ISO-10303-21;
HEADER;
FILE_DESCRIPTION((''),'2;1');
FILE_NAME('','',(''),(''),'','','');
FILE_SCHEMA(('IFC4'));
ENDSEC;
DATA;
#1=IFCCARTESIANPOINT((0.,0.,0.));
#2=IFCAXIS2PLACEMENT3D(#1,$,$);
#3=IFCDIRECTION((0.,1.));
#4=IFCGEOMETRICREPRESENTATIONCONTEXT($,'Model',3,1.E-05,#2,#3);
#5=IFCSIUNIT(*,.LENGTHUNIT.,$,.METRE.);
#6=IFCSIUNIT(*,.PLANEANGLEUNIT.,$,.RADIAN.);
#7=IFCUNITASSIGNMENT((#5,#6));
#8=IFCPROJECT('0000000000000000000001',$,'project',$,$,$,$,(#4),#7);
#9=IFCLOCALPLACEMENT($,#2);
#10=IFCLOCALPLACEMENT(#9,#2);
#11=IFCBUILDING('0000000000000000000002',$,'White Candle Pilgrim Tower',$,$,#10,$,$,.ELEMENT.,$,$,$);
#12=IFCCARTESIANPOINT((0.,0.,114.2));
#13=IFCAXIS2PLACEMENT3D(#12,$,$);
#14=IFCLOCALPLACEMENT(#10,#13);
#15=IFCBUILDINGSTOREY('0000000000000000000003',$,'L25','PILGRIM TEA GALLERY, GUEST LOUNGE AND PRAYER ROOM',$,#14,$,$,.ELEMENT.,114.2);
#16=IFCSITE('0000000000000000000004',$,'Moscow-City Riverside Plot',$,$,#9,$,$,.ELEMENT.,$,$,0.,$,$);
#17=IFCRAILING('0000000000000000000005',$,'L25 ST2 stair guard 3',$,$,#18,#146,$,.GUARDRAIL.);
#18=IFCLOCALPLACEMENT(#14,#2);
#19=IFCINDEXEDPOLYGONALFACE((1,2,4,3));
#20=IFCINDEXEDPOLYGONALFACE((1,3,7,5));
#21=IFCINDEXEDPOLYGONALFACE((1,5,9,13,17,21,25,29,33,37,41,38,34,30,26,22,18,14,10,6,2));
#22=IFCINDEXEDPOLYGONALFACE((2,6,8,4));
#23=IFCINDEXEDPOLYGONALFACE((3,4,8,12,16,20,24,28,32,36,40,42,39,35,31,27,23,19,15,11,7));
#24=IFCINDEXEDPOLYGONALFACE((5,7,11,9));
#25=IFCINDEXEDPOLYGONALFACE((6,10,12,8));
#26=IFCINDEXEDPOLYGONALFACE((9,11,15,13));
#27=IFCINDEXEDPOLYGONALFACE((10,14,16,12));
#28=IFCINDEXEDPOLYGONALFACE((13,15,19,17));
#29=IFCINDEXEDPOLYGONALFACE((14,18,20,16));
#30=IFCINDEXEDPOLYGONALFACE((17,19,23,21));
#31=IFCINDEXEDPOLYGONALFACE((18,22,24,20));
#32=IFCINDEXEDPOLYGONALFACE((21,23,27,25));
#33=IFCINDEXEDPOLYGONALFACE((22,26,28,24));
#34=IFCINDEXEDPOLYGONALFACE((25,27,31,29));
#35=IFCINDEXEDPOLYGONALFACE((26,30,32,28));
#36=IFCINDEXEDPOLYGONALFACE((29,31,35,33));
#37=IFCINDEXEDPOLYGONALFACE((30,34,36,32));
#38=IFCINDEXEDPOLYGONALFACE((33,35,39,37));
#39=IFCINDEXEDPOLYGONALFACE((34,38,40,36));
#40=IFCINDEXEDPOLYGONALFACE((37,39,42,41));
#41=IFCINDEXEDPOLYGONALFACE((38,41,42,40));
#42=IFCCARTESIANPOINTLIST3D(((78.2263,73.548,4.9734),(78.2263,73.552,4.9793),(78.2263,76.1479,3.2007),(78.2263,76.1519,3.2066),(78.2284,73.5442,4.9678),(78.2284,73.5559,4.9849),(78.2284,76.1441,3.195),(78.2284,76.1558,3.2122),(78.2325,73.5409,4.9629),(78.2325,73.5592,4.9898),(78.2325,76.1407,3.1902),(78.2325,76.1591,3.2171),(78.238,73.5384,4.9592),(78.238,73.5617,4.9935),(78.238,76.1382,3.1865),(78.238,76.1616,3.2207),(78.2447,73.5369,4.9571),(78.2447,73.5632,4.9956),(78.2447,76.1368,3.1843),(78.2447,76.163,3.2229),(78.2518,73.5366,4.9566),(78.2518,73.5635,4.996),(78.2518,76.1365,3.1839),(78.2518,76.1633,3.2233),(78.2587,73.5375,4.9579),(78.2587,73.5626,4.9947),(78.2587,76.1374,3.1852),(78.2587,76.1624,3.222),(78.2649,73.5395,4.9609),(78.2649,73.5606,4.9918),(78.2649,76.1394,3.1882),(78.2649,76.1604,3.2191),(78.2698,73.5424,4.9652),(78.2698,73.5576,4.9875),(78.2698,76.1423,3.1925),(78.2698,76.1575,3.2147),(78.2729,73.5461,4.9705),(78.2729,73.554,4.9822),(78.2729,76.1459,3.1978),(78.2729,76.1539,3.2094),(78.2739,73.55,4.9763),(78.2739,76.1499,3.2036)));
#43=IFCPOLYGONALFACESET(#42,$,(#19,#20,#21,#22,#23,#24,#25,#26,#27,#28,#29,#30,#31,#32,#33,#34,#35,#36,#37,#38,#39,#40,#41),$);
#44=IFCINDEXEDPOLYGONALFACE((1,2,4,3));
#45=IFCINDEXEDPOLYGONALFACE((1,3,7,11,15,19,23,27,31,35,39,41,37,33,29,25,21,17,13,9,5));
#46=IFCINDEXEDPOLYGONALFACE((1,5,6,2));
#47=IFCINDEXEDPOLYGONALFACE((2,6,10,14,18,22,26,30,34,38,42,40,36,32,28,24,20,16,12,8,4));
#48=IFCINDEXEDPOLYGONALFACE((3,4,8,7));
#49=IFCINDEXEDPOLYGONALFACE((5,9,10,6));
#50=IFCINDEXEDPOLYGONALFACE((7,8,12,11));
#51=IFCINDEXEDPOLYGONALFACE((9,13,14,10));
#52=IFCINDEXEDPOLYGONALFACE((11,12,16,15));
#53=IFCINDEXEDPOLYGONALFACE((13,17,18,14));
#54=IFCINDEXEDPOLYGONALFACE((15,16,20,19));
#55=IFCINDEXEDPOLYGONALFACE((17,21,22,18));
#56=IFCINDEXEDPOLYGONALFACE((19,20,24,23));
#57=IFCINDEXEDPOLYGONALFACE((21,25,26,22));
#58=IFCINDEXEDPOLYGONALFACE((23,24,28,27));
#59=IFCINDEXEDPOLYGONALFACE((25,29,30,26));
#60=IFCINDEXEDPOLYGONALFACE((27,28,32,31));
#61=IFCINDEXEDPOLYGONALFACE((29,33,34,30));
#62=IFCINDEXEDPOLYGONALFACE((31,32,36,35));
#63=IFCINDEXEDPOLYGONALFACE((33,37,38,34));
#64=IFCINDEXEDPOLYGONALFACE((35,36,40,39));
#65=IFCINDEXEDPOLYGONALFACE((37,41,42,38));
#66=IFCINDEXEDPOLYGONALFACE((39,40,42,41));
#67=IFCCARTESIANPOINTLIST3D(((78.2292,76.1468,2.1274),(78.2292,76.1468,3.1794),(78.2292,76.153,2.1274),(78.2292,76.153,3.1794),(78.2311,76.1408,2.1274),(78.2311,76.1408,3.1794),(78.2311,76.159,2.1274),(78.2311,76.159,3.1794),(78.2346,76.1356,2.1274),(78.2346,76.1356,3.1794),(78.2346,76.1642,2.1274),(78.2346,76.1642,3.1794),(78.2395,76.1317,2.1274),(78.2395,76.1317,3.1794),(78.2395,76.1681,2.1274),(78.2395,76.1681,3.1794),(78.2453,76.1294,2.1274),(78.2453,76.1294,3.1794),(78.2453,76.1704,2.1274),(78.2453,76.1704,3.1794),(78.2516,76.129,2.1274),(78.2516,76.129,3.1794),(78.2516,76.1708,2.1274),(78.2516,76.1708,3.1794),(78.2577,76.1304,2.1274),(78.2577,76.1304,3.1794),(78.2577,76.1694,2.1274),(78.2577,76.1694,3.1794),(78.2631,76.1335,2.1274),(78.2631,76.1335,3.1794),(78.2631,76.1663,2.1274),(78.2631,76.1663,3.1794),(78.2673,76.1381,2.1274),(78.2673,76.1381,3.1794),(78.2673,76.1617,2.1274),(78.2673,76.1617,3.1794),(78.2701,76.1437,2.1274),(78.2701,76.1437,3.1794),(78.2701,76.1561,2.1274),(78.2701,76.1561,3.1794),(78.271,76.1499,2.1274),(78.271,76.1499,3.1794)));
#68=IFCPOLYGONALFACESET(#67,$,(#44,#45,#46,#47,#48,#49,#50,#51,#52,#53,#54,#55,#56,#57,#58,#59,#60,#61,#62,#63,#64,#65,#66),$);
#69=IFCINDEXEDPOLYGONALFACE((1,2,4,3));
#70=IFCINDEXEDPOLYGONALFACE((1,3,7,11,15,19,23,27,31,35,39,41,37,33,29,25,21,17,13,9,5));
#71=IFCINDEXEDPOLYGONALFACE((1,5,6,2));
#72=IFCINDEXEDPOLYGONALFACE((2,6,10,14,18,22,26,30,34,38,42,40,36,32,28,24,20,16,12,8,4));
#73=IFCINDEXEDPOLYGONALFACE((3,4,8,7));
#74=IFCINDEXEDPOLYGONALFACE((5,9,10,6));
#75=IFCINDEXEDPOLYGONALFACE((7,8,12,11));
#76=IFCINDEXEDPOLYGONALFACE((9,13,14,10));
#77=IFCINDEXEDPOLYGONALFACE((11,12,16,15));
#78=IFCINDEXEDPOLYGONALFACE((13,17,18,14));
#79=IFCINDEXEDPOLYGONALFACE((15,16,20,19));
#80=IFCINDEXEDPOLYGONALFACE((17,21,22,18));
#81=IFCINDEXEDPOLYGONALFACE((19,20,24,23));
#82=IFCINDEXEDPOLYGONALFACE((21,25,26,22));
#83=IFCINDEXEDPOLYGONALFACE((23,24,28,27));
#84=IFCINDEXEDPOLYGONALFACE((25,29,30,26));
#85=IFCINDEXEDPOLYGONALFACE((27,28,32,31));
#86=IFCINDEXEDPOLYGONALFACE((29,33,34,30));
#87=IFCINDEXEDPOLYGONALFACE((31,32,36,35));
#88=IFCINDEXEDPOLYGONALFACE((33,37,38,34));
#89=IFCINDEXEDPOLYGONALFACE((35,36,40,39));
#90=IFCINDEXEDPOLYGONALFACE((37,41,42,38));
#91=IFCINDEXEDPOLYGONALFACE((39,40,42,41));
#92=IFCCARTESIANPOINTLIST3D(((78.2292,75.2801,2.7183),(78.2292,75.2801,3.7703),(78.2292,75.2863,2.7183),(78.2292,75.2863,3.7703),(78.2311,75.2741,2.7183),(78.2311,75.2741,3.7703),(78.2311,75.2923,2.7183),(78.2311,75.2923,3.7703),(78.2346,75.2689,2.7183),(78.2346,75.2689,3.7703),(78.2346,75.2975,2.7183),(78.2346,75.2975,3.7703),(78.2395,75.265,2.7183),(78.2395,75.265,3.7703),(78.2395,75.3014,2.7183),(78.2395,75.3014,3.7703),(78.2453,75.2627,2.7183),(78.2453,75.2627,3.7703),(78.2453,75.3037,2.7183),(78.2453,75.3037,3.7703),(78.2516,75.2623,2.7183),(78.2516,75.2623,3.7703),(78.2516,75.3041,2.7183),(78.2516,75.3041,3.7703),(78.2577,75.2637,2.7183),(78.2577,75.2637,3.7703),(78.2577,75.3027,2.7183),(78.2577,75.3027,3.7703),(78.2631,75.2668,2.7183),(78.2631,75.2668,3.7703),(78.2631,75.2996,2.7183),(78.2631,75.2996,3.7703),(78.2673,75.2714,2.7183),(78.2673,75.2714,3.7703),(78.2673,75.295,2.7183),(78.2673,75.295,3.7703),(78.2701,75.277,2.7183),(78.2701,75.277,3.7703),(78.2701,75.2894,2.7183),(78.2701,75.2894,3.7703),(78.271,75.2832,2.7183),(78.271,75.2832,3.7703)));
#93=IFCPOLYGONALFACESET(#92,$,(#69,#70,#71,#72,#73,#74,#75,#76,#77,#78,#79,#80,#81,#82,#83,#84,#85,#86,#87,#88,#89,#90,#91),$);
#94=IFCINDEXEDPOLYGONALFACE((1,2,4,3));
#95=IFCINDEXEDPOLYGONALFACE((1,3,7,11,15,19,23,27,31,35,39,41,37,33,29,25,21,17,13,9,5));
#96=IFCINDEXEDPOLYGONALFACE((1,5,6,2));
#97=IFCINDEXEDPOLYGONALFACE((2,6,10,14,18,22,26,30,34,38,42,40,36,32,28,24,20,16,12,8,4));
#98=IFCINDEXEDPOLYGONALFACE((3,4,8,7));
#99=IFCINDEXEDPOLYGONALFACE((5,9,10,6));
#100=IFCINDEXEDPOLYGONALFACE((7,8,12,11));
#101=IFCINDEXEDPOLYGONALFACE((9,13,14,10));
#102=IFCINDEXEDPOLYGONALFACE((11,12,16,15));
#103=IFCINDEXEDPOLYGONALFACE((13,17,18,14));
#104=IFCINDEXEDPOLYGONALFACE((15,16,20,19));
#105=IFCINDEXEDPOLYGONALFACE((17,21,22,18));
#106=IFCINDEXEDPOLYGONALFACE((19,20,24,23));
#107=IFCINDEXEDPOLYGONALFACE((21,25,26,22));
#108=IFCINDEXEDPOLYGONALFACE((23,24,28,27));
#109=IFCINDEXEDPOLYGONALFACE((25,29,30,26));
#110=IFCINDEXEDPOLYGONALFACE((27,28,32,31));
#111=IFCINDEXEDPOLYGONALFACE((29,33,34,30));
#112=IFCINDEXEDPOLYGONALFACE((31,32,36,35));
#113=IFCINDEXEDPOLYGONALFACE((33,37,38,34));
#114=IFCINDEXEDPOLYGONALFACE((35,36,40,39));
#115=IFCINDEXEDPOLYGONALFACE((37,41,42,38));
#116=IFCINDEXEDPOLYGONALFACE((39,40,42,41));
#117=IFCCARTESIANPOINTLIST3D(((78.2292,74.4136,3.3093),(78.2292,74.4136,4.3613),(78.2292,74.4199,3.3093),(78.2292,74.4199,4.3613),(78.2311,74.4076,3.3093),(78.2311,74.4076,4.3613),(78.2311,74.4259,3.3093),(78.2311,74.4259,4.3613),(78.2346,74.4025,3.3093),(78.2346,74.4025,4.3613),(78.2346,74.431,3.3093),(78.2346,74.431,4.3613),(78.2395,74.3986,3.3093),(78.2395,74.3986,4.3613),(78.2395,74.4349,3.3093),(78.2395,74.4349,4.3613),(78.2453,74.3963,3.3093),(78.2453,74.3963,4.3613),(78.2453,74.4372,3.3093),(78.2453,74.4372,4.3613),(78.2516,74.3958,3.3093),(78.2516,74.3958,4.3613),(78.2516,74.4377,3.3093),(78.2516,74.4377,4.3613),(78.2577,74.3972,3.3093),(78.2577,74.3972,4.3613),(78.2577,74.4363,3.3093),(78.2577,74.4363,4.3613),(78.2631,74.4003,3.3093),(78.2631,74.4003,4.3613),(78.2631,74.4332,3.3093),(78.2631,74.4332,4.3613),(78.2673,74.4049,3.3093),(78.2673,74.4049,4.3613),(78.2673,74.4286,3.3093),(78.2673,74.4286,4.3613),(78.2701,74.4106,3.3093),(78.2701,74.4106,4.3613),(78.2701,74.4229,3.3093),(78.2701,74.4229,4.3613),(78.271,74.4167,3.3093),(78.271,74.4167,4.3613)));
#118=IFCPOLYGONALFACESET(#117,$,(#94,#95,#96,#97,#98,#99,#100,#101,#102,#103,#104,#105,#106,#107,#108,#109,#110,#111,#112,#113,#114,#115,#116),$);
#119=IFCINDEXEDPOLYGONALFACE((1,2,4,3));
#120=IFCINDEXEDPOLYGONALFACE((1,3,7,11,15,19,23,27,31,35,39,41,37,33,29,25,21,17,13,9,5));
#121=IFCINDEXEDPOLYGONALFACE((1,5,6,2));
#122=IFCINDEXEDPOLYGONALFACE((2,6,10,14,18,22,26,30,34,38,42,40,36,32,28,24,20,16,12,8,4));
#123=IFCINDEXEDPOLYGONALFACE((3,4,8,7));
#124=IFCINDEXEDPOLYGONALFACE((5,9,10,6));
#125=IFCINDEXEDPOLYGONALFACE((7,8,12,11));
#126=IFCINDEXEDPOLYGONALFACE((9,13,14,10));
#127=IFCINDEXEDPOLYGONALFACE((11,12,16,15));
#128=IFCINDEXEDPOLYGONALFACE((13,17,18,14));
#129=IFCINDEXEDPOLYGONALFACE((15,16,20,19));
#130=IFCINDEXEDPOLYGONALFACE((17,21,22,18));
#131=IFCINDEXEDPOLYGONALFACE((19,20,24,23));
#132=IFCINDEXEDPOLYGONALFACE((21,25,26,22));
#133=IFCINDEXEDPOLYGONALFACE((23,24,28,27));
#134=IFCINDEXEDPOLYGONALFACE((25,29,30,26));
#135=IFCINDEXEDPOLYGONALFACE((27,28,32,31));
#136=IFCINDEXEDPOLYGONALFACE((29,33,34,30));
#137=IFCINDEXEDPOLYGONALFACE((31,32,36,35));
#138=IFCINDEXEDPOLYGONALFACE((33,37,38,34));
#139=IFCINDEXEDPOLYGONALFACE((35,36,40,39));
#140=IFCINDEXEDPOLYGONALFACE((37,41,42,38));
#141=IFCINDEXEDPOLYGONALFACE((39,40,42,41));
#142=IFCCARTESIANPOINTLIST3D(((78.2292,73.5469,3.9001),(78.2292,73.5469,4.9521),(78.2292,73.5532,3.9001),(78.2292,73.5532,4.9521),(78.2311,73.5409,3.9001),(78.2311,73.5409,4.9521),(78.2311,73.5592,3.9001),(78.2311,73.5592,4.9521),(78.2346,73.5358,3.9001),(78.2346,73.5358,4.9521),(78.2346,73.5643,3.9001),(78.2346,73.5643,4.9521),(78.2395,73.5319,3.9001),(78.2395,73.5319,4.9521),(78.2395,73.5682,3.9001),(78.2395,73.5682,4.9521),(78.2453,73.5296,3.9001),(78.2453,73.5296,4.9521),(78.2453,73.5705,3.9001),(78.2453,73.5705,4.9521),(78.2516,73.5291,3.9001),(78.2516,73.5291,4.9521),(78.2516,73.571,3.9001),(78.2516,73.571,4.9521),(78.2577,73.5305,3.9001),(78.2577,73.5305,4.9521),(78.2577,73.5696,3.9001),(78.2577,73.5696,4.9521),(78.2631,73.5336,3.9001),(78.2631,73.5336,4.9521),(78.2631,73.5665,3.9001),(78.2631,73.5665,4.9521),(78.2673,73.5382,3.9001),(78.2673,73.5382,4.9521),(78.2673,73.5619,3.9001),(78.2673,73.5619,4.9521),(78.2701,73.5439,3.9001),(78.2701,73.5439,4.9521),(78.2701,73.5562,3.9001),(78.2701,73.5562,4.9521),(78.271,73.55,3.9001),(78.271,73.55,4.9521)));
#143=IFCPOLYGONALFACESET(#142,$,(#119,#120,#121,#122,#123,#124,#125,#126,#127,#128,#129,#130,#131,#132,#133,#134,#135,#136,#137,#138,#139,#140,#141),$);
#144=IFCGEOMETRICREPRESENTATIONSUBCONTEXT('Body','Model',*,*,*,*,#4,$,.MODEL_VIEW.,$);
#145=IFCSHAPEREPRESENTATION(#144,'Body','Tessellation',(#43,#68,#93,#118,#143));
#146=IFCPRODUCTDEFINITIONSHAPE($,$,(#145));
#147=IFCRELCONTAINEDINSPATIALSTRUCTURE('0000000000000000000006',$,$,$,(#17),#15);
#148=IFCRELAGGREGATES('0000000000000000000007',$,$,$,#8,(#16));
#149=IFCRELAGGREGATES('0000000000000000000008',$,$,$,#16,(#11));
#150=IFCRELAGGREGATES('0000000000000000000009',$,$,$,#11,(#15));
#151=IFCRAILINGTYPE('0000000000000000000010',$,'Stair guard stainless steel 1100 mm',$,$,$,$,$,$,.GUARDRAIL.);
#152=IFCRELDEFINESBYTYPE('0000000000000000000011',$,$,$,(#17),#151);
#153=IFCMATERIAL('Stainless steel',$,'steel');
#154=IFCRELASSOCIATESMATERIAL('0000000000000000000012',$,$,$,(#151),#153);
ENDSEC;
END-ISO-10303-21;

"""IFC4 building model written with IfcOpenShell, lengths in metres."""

from ifc_helpers import new_model, si_unit, direction, frame, origin, origin_2d, place, context, subcontext, project, spatial, circle, extrude, material, type_object, element, save


model = new_model("IFC4")

# Units and contexts
model_context = context("Model", 3, precision=1e-05, world=origin(), true_north=direction((0.0, 1.0)))
body_context = subcontext(model_context, "Body", "Model", "MODEL_VIEW")
ifc_project = project(units=[si_unit("LENGTHUNIT", "METRE"), si_unit("PLANEANGLEUNIT", "RADIAN")], contexts=[model_context])

# Site, building, storey
site_placement = place(None, origin())
site = spatial("IfcSite", under=ifc_project, at=site_placement, Name="Moscow-City Riverside Plot", CompositionType="ELEMENT", RefElevation=0.0)
building_placement = place(site_placement, origin())
building = spatial("IfcBuilding", under=site, at=building_placement, Name="White Candle Pilgrim Tower", CompositionType="ELEMENT")
storey_placement = place(building_placement, frame((0.0, 0.0, 114.2)))
storey = spatial("IfcBuildingStorey", under=building, at=storey_placement, Name="L25", Description="PILGRIM TEA GALLERY, GUEST LOUNGE AND PRAYER ROOM", CompositionType="ELEMENT", Elevation=114.2)

# Railing
ifc_material_1 = material(Name="Stainless steel", Category="steel")
railing_type_1 = type_object("IfcRailingType", Name="Stair guard stainless steel 1100 mm", PredefinedType="GUARDRAIL", material=ifc_material_1)
railing_1_placement = place(storey_placement, frame((78.25, 76.1499, 2.1274)))
element("IfcRailing", 1, at=railing_1_placement, inside=storey, type_object=railing_type_1, Name="L25 ST2 stair guard 3", PredefinedType="GUARDRAIL", context=body_context, shape_type="SweptSolid", body=[
    extrude(circle(Radius=0.0239, at=origin_2d()), frame((0.0, 0.0, 1.0762), z_axis=(0.0, -0.826216, 0.563354), x_axis=(1.0, 0.0, 0.0)), (0.0, 0.0, 1.0), 3.1467),
    extrude(circle(Radius=0.021, at=origin_2d()), origin(), (0.0, 0.0, 1.0), 1.052),
    extrude(circle(Radius=0.021, at=origin_2d()), frame((0.0, -0.8667, 0.5908)), (0.0, 0.0, 1.0), 1.052),
    extrude(circle(Radius=0.021, at=origin_2d()), frame((0.0, -1.7332, 1.1819)), (0.0, 0.0, 1.0), 1.052),
    extrude(circle(Radius=0.021, at=origin_2d()), frame((0.0, -2.5999, 1.7727)), (0.0, 0.0, 1.0), 1.052),
])

save(model, "model.ifc")
